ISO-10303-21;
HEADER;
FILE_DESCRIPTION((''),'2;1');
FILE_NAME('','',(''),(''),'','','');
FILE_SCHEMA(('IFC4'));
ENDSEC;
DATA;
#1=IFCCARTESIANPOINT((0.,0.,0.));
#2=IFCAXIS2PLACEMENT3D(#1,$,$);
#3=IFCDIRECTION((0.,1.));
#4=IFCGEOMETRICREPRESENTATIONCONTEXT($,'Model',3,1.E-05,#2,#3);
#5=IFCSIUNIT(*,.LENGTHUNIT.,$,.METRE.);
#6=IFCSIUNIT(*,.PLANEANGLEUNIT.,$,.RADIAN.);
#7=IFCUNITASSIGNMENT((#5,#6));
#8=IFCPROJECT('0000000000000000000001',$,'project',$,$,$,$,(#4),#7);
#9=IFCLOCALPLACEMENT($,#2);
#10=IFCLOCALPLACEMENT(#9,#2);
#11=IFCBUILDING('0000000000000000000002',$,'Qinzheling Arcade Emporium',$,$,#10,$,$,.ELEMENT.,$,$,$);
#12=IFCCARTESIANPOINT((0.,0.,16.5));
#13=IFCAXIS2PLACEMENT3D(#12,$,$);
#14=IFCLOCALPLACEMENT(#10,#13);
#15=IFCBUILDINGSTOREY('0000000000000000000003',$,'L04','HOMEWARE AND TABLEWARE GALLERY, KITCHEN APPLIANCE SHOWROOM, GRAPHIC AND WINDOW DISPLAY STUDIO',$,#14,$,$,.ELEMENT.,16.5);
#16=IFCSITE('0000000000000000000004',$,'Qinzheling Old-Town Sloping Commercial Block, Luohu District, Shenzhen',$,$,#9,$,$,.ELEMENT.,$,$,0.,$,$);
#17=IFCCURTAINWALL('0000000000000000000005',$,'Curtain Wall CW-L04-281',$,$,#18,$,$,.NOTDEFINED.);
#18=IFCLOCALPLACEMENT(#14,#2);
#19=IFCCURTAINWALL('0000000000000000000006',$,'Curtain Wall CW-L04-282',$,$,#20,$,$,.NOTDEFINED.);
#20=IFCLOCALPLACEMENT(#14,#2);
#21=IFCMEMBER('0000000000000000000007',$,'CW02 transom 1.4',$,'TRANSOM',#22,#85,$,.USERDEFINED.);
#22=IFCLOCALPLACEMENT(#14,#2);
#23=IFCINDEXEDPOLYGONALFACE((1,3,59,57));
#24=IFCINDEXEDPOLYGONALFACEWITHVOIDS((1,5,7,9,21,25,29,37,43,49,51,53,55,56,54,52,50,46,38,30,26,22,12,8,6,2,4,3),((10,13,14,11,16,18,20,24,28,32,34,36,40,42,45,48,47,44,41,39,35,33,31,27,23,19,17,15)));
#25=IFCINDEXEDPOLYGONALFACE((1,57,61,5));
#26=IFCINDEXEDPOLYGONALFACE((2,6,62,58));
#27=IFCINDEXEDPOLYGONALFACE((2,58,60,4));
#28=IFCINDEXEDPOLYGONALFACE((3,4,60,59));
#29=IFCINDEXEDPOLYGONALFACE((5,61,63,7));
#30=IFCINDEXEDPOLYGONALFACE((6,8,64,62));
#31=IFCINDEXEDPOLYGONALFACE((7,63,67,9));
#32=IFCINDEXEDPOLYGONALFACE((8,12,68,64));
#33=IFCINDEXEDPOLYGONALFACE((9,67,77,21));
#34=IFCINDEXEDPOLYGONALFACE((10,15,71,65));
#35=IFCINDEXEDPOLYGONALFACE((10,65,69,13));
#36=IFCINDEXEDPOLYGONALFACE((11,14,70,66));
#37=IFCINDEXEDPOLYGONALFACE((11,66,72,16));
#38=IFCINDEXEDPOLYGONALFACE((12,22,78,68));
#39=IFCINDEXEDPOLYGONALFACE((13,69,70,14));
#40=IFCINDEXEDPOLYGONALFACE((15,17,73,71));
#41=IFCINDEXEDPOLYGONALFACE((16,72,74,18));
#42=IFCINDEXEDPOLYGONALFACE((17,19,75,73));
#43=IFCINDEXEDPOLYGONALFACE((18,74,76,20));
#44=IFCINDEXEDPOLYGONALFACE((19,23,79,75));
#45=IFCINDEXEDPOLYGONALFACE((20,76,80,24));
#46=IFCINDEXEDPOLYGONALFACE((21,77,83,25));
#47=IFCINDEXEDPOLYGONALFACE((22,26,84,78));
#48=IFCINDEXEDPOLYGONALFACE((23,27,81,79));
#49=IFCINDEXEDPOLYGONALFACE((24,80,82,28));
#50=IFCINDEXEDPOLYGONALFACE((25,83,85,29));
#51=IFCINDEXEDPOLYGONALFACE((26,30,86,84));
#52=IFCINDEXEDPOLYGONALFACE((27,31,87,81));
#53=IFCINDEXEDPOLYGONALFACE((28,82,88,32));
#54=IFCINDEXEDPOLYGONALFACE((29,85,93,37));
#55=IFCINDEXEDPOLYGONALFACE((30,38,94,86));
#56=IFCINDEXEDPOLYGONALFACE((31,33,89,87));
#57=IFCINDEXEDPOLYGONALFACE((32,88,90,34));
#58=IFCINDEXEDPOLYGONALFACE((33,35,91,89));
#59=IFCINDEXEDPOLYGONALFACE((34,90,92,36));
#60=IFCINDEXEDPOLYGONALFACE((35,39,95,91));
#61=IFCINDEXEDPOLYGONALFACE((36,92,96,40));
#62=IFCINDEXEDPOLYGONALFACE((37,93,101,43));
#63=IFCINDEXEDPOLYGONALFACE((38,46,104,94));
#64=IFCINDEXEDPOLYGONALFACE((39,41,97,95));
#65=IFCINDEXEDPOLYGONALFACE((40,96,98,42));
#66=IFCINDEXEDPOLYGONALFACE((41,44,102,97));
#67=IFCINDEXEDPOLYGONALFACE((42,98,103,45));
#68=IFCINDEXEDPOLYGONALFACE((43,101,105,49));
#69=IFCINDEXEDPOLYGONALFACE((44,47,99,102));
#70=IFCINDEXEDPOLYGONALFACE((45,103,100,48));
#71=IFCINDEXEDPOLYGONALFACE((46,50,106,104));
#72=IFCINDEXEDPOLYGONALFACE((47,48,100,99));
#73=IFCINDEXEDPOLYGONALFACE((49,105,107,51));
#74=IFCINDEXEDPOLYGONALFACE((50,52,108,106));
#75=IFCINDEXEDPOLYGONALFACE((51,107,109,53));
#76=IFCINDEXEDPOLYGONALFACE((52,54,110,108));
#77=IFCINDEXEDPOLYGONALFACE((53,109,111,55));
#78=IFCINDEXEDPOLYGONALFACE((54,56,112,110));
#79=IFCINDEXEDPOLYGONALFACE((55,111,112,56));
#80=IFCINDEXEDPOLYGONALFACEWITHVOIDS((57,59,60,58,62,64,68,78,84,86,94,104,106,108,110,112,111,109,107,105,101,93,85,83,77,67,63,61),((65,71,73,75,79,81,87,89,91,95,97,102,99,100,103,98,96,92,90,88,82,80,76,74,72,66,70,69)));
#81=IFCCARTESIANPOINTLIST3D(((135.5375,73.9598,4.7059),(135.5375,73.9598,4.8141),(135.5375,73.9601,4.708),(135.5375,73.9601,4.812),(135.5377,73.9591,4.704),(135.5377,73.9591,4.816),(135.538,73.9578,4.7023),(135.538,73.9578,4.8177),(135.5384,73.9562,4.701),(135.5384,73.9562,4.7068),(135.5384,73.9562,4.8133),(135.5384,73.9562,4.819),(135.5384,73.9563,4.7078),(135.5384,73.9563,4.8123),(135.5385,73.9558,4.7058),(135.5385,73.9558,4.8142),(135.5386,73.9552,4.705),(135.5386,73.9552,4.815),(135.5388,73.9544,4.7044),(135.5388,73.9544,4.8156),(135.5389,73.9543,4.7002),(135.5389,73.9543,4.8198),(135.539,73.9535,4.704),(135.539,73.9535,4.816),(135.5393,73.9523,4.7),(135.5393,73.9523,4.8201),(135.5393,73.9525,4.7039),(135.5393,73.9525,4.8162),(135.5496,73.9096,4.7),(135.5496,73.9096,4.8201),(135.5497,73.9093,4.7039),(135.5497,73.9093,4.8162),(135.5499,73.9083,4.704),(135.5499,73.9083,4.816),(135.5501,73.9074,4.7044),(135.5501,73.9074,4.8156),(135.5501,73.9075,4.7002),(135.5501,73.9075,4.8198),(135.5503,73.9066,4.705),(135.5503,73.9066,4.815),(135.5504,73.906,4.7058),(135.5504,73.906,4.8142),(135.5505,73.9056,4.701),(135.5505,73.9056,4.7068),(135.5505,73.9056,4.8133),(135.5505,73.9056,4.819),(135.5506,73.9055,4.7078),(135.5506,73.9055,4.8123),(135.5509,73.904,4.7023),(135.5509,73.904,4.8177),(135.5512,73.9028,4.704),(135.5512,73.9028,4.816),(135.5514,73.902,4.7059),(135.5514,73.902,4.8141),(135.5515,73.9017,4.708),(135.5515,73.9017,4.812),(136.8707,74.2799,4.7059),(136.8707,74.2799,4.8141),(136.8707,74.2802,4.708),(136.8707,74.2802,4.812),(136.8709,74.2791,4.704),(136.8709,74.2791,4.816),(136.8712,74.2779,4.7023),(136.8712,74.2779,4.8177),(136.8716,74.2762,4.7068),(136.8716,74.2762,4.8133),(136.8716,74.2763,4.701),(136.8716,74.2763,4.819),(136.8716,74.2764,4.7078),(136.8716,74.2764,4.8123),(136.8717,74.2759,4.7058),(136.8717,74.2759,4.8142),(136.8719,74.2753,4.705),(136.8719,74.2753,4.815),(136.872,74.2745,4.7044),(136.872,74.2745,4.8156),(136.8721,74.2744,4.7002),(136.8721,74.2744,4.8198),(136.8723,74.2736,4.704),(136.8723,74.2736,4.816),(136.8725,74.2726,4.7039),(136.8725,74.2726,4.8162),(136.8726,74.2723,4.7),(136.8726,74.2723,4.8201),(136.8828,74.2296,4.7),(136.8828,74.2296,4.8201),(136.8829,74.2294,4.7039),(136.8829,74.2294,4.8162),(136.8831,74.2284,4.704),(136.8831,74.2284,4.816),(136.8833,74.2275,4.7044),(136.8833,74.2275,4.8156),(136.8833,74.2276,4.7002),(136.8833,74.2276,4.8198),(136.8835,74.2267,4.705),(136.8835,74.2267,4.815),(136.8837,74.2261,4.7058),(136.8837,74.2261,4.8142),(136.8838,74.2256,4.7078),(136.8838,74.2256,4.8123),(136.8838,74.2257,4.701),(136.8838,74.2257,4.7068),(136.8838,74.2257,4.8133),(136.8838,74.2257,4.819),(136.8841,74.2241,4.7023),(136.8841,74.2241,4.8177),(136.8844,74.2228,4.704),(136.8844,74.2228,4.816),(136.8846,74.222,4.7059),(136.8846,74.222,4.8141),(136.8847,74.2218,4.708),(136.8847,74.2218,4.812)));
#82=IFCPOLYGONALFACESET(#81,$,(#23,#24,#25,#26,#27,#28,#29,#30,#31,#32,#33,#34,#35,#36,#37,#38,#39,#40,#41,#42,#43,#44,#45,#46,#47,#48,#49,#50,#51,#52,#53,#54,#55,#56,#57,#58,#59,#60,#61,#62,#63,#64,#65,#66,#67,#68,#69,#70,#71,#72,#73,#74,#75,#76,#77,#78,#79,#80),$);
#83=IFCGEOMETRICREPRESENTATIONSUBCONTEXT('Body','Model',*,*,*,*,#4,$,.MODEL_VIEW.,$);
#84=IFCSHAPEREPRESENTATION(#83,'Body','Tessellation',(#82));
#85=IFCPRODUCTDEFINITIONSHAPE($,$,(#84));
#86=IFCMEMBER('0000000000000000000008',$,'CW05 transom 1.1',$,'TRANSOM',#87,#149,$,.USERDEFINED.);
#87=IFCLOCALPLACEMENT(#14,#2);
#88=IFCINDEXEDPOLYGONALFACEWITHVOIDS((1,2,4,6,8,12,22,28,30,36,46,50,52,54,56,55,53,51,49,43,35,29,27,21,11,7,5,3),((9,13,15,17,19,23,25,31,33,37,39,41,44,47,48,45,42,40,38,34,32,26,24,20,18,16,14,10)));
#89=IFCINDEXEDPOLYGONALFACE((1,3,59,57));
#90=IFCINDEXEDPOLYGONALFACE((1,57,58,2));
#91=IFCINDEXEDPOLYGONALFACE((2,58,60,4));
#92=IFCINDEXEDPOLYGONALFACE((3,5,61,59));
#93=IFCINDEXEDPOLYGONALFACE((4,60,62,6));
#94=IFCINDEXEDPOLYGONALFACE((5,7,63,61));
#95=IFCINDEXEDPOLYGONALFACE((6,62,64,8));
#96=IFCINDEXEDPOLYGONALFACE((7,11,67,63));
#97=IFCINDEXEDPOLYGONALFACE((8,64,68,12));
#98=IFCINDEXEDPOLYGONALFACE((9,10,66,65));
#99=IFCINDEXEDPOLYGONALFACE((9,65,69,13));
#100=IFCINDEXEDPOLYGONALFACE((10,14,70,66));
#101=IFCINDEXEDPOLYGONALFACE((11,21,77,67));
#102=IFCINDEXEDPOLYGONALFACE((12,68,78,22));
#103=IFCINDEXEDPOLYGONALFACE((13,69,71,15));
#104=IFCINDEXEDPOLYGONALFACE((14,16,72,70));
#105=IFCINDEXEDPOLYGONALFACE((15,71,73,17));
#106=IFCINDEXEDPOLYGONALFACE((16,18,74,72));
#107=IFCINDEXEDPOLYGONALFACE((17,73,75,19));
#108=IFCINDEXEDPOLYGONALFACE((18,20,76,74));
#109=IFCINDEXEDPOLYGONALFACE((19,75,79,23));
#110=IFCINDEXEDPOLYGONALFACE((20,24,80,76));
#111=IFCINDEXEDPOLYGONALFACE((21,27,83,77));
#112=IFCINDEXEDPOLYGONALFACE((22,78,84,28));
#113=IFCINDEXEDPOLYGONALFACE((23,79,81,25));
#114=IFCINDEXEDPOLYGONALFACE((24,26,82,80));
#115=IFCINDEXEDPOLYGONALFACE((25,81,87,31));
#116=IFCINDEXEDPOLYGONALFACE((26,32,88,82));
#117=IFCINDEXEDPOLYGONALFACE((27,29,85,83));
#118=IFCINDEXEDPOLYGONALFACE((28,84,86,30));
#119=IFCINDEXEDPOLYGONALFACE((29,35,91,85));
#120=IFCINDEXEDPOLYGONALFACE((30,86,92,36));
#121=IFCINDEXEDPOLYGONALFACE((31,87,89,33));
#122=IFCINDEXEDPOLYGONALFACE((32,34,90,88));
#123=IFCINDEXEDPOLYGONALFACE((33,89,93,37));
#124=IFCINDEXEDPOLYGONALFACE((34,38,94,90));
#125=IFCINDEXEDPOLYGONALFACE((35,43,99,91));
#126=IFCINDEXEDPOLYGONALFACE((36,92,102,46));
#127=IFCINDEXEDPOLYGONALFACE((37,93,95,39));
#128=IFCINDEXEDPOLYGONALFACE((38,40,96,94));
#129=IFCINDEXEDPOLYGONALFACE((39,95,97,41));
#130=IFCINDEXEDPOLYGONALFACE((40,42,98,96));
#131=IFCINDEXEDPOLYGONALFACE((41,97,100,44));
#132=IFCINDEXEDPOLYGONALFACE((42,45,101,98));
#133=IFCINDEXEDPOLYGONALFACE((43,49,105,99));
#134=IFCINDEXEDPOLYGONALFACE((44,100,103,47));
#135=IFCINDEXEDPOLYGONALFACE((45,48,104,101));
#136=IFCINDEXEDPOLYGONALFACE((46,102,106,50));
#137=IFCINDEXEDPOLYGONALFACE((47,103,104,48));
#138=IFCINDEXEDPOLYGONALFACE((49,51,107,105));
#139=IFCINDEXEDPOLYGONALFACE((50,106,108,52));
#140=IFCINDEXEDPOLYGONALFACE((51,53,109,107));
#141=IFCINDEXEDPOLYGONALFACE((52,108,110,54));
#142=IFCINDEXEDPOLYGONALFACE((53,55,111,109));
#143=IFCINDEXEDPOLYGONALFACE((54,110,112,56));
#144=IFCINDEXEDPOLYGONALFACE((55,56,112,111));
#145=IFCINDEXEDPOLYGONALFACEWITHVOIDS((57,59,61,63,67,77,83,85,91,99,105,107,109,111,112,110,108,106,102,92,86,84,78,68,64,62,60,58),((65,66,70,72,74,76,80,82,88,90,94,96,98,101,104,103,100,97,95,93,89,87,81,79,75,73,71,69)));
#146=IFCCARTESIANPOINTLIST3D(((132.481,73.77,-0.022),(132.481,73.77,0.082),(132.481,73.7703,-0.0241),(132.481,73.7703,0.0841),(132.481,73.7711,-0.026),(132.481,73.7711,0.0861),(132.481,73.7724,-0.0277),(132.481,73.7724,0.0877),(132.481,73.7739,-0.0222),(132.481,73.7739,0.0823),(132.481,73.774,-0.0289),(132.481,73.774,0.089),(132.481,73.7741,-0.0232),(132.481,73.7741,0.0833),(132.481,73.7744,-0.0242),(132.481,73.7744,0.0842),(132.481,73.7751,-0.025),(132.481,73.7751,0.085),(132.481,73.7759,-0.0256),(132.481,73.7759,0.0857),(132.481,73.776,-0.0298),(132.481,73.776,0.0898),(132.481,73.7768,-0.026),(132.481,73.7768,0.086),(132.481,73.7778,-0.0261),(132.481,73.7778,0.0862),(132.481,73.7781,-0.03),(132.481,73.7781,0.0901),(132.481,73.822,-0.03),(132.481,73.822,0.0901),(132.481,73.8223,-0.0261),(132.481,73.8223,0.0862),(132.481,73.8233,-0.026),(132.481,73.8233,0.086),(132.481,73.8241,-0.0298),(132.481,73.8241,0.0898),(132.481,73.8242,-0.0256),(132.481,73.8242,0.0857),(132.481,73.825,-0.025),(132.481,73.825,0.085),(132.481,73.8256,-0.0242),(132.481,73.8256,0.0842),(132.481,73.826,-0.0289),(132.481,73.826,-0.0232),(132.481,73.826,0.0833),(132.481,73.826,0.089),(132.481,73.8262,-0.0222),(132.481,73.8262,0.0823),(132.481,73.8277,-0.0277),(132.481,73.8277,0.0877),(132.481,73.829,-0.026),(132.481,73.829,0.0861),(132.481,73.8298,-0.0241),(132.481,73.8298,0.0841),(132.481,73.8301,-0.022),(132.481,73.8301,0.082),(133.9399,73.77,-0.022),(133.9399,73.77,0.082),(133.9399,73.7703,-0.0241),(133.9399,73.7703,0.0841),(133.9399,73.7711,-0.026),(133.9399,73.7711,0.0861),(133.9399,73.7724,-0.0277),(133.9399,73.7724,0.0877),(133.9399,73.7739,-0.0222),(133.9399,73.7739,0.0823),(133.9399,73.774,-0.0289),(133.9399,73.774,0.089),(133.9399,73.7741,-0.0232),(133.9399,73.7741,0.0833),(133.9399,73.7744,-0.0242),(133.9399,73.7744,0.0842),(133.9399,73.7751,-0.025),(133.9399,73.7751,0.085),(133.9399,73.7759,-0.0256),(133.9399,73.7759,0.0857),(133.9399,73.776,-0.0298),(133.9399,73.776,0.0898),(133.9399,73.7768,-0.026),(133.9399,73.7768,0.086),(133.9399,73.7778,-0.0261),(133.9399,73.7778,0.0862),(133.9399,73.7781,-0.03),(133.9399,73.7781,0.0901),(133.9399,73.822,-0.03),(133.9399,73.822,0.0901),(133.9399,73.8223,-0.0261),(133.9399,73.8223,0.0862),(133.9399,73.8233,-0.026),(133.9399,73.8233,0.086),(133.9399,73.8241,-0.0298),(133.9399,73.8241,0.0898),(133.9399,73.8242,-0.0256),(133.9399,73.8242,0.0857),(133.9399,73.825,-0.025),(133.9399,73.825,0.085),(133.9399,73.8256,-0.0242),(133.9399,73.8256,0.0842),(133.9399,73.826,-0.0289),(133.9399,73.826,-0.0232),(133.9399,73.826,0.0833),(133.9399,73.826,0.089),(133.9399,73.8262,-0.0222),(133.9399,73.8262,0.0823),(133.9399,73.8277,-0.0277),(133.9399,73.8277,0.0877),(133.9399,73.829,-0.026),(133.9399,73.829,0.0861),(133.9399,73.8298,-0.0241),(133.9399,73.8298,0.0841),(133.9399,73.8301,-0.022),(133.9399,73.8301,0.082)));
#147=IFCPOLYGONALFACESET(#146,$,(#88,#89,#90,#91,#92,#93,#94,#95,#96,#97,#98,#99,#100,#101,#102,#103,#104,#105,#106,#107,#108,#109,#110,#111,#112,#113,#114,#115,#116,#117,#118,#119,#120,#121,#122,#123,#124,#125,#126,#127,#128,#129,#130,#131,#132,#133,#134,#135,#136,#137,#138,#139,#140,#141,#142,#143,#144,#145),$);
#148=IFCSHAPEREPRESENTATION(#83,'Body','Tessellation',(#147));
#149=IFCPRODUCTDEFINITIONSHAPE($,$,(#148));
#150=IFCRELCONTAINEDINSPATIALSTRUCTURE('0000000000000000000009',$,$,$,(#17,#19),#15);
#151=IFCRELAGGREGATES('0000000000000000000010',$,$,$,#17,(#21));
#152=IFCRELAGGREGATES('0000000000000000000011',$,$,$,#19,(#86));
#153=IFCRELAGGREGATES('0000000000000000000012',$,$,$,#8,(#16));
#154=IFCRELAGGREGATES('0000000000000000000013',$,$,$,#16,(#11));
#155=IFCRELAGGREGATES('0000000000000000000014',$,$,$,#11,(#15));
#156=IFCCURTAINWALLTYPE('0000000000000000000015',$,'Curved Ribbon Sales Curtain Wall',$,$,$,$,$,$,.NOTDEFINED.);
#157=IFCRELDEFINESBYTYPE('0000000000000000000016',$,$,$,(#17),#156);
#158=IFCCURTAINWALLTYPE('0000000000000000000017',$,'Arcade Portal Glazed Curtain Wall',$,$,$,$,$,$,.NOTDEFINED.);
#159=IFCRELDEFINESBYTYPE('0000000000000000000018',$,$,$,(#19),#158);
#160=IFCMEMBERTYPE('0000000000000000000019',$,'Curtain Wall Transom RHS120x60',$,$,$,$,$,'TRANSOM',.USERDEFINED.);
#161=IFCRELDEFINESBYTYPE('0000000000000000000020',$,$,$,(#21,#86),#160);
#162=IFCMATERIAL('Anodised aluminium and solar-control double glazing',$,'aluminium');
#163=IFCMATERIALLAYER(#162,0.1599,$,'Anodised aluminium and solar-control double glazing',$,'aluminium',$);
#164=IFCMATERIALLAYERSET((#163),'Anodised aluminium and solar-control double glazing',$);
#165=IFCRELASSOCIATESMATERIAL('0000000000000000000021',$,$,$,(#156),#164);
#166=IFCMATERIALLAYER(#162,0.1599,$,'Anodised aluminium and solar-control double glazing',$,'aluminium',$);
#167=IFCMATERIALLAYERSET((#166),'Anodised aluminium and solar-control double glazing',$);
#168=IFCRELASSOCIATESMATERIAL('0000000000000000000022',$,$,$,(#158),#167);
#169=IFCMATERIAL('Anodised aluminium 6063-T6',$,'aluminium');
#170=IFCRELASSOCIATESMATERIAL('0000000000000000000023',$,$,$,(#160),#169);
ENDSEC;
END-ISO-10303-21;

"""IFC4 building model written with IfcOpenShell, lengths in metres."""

from ifc_helpers import new_model, si_unit, direction, frame, origin, origin_2d, place, context, subcontext, project, spatial, hollow_rectangle, extrude, material, layer, layer_set, material_profile, profile_set, type_object, element, aggregate, save


model = new_model("IFC4")

# Units and contexts
model_context = context("Model", 3, precision=1e-05, world=origin(), true_north=direction((0.0, 1.0)))
body_context = subcontext(model_context, "Body", "Model", "MODEL_VIEW")
ifc_project = project(units=[si_unit("LENGTHUNIT", "METRE"), si_unit("PLANEANGLEUNIT", "RADIAN")], contexts=[model_context])

# Site, building, storey
site_placement = place(None, origin())
site = spatial("IfcSite", under=ifc_project, at=site_placement, Name="Qinzheling Old-Town Sloping Commercial Block, Luohu District, Shenzhen", CompositionType="ELEMENT", RefElevation=0.0)
building_placement = place(site_placement, origin())
building = spatial("IfcBuilding", under=site, at=building_placement, Name="Qinzheling Arcade Emporium", CompositionType="ELEMENT")
storey_placement = place(building_placement, frame((0.0, 0.0, 16.5)))
storey = spatial("IfcBuildingStorey", under=building, at=storey_placement, Name="L04", Description="HOMEWARE AND TABLEWARE GALLERY, KITCHEN APPLIANCE SHOWROOM, GRAPHIC AND WINDOW DISPLAY STUDIO", CompositionType="ELEMENT", Elevation=16.5)

# Shared definitions
ifc_material_1 = material(Name="Anodised aluminium and solar-control double glazing", Category="aluminium")
ifc_layer_1 = layer(ifc_material_1, 0.1599, Name="Anodised aluminium and solar-control double glazing", Category="aluminium")
ifc_layer_set_1 = layer_set([ifc_layer_1], Name="Anodised aluminium and solar-control double glazing")
curtain_wall_type_1 = type_object("IfcCurtainWallType", Name="Curved Ribbon Sales Curtain Wall", PredefinedType="NOTDEFINED", material=ifc_layer_set_1)
ifc_material_2 = material(Name="Anodised aluminium 6063-T6", Category="aluminium")

# Curtain walls
curtain_wall_1_placement = place(storey_placement, origin())
curtain_wall_1 = element("IfcCurtainWall", 1, at=curtain_wall_1_placement, inside=storey, type_object=curtain_wall_type_1, Name="Curtain Wall CW-L04-281", PredefinedType="NOTDEFINED")
ifc_layer_2 = layer(ifc_material_1, 0.1599, Name="Anodised aluminium and solar-control double glazing", Category="aluminium")
ifc_layer_set_2 = layer_set([ifc_layer_2], Name="Anodised aluminium and solar-control double glazing")
curtain_wall_type_2 = type_object("IfcCurtainWallType", Name="Arcade Portal Glazed Curtain Wall", PredefinedType="NOTDEFINED", material=ifc_layer_set_2)
curtain_wall_2_placement = place(storey_placement, origin())
curtain_wall_2 = element("IfcCurtainWall", 2, at=curtain_wall_2_placement, inside=storey, type_object=curtain_wall_type_2, Name="Curtain Wall CW-L04-282", PredefinedType="NOTDEFINED")

# Members
ifc_material_profile_1 = material_profile(ifc_material_2, hollow_rectangle(XDim=0.0601, YDim=0.1201, WallThickness=0.0039, InnerFilletRadius=0.0039, OuterFilletRadius=0.0081, at=origin_2d()), Name="RHS 120x60x4", Category="aluminium")
ifc_profile_set_1 = profile_set([ifc_material_profile_1], Name="Anodised aluminium 6063-T6")
member_type_1 = type_object("IfcMemberType", Name="Curtain Wall Transom RHS120x60", ElementType="TRANSOM", PredefinedType="USERDEFINED", material=ifc_profile_set_1)
member_1_placement = place(storey_placement, frame((136.8777, 74.251, 4.76), z_axis=(-0.972373, -0.233434, 0.0), x_axis=(0.233434, -0.972373, 0.0)))
member_1 = element("IfcMember", 3, at=member_1_placement, type_object=member_type_1, Name="CW02 transom 1.4", ObjectType="TRANSOM", PredefinedType="USERDEFINED", context=body_context, shape_type="SweptSolid", body=[
    extrude(hollow_rectangle(XDim=0.0601, YDim=0.1201, WallThickness=0.0039, InnerFilletRadius=0.0039, OuterFilletRadius=0.0081, at=origin_2d()), origin(), (0.0, 0.0, 1.0), 1.3711),
])
member_2_placement = place(storey_placement, frame((133.9399, 73.8, 0.03), z_axis=(-1.0, 0.0, 0.0), x_axis=(0.0, -1.0, 0.0)))
member_2 = element("IfcMember", 4, at=member_2_placement, type_object=member_type_1, Name="CW05 transom 1.1", ObjectType="TRANSOM", PredefinedType="USERDEFINED", context=body_context, shape_type="SweptSolid", body=[
    extrude(hollow_rectangle(XDim=0.0601, YDim=0.1201, WallThickness=0.0039, InnerFilletRadius=0.0039, OuterFilletRadius=0.0081, at=origin_2d()), origin(), (0.0, 0.0, 1.0), 1.459),
])

aggregate(curtain_wall_1, [member_1])
aggregate(curtain_wall_2, [member_2])

save(model, "model.ifc")
